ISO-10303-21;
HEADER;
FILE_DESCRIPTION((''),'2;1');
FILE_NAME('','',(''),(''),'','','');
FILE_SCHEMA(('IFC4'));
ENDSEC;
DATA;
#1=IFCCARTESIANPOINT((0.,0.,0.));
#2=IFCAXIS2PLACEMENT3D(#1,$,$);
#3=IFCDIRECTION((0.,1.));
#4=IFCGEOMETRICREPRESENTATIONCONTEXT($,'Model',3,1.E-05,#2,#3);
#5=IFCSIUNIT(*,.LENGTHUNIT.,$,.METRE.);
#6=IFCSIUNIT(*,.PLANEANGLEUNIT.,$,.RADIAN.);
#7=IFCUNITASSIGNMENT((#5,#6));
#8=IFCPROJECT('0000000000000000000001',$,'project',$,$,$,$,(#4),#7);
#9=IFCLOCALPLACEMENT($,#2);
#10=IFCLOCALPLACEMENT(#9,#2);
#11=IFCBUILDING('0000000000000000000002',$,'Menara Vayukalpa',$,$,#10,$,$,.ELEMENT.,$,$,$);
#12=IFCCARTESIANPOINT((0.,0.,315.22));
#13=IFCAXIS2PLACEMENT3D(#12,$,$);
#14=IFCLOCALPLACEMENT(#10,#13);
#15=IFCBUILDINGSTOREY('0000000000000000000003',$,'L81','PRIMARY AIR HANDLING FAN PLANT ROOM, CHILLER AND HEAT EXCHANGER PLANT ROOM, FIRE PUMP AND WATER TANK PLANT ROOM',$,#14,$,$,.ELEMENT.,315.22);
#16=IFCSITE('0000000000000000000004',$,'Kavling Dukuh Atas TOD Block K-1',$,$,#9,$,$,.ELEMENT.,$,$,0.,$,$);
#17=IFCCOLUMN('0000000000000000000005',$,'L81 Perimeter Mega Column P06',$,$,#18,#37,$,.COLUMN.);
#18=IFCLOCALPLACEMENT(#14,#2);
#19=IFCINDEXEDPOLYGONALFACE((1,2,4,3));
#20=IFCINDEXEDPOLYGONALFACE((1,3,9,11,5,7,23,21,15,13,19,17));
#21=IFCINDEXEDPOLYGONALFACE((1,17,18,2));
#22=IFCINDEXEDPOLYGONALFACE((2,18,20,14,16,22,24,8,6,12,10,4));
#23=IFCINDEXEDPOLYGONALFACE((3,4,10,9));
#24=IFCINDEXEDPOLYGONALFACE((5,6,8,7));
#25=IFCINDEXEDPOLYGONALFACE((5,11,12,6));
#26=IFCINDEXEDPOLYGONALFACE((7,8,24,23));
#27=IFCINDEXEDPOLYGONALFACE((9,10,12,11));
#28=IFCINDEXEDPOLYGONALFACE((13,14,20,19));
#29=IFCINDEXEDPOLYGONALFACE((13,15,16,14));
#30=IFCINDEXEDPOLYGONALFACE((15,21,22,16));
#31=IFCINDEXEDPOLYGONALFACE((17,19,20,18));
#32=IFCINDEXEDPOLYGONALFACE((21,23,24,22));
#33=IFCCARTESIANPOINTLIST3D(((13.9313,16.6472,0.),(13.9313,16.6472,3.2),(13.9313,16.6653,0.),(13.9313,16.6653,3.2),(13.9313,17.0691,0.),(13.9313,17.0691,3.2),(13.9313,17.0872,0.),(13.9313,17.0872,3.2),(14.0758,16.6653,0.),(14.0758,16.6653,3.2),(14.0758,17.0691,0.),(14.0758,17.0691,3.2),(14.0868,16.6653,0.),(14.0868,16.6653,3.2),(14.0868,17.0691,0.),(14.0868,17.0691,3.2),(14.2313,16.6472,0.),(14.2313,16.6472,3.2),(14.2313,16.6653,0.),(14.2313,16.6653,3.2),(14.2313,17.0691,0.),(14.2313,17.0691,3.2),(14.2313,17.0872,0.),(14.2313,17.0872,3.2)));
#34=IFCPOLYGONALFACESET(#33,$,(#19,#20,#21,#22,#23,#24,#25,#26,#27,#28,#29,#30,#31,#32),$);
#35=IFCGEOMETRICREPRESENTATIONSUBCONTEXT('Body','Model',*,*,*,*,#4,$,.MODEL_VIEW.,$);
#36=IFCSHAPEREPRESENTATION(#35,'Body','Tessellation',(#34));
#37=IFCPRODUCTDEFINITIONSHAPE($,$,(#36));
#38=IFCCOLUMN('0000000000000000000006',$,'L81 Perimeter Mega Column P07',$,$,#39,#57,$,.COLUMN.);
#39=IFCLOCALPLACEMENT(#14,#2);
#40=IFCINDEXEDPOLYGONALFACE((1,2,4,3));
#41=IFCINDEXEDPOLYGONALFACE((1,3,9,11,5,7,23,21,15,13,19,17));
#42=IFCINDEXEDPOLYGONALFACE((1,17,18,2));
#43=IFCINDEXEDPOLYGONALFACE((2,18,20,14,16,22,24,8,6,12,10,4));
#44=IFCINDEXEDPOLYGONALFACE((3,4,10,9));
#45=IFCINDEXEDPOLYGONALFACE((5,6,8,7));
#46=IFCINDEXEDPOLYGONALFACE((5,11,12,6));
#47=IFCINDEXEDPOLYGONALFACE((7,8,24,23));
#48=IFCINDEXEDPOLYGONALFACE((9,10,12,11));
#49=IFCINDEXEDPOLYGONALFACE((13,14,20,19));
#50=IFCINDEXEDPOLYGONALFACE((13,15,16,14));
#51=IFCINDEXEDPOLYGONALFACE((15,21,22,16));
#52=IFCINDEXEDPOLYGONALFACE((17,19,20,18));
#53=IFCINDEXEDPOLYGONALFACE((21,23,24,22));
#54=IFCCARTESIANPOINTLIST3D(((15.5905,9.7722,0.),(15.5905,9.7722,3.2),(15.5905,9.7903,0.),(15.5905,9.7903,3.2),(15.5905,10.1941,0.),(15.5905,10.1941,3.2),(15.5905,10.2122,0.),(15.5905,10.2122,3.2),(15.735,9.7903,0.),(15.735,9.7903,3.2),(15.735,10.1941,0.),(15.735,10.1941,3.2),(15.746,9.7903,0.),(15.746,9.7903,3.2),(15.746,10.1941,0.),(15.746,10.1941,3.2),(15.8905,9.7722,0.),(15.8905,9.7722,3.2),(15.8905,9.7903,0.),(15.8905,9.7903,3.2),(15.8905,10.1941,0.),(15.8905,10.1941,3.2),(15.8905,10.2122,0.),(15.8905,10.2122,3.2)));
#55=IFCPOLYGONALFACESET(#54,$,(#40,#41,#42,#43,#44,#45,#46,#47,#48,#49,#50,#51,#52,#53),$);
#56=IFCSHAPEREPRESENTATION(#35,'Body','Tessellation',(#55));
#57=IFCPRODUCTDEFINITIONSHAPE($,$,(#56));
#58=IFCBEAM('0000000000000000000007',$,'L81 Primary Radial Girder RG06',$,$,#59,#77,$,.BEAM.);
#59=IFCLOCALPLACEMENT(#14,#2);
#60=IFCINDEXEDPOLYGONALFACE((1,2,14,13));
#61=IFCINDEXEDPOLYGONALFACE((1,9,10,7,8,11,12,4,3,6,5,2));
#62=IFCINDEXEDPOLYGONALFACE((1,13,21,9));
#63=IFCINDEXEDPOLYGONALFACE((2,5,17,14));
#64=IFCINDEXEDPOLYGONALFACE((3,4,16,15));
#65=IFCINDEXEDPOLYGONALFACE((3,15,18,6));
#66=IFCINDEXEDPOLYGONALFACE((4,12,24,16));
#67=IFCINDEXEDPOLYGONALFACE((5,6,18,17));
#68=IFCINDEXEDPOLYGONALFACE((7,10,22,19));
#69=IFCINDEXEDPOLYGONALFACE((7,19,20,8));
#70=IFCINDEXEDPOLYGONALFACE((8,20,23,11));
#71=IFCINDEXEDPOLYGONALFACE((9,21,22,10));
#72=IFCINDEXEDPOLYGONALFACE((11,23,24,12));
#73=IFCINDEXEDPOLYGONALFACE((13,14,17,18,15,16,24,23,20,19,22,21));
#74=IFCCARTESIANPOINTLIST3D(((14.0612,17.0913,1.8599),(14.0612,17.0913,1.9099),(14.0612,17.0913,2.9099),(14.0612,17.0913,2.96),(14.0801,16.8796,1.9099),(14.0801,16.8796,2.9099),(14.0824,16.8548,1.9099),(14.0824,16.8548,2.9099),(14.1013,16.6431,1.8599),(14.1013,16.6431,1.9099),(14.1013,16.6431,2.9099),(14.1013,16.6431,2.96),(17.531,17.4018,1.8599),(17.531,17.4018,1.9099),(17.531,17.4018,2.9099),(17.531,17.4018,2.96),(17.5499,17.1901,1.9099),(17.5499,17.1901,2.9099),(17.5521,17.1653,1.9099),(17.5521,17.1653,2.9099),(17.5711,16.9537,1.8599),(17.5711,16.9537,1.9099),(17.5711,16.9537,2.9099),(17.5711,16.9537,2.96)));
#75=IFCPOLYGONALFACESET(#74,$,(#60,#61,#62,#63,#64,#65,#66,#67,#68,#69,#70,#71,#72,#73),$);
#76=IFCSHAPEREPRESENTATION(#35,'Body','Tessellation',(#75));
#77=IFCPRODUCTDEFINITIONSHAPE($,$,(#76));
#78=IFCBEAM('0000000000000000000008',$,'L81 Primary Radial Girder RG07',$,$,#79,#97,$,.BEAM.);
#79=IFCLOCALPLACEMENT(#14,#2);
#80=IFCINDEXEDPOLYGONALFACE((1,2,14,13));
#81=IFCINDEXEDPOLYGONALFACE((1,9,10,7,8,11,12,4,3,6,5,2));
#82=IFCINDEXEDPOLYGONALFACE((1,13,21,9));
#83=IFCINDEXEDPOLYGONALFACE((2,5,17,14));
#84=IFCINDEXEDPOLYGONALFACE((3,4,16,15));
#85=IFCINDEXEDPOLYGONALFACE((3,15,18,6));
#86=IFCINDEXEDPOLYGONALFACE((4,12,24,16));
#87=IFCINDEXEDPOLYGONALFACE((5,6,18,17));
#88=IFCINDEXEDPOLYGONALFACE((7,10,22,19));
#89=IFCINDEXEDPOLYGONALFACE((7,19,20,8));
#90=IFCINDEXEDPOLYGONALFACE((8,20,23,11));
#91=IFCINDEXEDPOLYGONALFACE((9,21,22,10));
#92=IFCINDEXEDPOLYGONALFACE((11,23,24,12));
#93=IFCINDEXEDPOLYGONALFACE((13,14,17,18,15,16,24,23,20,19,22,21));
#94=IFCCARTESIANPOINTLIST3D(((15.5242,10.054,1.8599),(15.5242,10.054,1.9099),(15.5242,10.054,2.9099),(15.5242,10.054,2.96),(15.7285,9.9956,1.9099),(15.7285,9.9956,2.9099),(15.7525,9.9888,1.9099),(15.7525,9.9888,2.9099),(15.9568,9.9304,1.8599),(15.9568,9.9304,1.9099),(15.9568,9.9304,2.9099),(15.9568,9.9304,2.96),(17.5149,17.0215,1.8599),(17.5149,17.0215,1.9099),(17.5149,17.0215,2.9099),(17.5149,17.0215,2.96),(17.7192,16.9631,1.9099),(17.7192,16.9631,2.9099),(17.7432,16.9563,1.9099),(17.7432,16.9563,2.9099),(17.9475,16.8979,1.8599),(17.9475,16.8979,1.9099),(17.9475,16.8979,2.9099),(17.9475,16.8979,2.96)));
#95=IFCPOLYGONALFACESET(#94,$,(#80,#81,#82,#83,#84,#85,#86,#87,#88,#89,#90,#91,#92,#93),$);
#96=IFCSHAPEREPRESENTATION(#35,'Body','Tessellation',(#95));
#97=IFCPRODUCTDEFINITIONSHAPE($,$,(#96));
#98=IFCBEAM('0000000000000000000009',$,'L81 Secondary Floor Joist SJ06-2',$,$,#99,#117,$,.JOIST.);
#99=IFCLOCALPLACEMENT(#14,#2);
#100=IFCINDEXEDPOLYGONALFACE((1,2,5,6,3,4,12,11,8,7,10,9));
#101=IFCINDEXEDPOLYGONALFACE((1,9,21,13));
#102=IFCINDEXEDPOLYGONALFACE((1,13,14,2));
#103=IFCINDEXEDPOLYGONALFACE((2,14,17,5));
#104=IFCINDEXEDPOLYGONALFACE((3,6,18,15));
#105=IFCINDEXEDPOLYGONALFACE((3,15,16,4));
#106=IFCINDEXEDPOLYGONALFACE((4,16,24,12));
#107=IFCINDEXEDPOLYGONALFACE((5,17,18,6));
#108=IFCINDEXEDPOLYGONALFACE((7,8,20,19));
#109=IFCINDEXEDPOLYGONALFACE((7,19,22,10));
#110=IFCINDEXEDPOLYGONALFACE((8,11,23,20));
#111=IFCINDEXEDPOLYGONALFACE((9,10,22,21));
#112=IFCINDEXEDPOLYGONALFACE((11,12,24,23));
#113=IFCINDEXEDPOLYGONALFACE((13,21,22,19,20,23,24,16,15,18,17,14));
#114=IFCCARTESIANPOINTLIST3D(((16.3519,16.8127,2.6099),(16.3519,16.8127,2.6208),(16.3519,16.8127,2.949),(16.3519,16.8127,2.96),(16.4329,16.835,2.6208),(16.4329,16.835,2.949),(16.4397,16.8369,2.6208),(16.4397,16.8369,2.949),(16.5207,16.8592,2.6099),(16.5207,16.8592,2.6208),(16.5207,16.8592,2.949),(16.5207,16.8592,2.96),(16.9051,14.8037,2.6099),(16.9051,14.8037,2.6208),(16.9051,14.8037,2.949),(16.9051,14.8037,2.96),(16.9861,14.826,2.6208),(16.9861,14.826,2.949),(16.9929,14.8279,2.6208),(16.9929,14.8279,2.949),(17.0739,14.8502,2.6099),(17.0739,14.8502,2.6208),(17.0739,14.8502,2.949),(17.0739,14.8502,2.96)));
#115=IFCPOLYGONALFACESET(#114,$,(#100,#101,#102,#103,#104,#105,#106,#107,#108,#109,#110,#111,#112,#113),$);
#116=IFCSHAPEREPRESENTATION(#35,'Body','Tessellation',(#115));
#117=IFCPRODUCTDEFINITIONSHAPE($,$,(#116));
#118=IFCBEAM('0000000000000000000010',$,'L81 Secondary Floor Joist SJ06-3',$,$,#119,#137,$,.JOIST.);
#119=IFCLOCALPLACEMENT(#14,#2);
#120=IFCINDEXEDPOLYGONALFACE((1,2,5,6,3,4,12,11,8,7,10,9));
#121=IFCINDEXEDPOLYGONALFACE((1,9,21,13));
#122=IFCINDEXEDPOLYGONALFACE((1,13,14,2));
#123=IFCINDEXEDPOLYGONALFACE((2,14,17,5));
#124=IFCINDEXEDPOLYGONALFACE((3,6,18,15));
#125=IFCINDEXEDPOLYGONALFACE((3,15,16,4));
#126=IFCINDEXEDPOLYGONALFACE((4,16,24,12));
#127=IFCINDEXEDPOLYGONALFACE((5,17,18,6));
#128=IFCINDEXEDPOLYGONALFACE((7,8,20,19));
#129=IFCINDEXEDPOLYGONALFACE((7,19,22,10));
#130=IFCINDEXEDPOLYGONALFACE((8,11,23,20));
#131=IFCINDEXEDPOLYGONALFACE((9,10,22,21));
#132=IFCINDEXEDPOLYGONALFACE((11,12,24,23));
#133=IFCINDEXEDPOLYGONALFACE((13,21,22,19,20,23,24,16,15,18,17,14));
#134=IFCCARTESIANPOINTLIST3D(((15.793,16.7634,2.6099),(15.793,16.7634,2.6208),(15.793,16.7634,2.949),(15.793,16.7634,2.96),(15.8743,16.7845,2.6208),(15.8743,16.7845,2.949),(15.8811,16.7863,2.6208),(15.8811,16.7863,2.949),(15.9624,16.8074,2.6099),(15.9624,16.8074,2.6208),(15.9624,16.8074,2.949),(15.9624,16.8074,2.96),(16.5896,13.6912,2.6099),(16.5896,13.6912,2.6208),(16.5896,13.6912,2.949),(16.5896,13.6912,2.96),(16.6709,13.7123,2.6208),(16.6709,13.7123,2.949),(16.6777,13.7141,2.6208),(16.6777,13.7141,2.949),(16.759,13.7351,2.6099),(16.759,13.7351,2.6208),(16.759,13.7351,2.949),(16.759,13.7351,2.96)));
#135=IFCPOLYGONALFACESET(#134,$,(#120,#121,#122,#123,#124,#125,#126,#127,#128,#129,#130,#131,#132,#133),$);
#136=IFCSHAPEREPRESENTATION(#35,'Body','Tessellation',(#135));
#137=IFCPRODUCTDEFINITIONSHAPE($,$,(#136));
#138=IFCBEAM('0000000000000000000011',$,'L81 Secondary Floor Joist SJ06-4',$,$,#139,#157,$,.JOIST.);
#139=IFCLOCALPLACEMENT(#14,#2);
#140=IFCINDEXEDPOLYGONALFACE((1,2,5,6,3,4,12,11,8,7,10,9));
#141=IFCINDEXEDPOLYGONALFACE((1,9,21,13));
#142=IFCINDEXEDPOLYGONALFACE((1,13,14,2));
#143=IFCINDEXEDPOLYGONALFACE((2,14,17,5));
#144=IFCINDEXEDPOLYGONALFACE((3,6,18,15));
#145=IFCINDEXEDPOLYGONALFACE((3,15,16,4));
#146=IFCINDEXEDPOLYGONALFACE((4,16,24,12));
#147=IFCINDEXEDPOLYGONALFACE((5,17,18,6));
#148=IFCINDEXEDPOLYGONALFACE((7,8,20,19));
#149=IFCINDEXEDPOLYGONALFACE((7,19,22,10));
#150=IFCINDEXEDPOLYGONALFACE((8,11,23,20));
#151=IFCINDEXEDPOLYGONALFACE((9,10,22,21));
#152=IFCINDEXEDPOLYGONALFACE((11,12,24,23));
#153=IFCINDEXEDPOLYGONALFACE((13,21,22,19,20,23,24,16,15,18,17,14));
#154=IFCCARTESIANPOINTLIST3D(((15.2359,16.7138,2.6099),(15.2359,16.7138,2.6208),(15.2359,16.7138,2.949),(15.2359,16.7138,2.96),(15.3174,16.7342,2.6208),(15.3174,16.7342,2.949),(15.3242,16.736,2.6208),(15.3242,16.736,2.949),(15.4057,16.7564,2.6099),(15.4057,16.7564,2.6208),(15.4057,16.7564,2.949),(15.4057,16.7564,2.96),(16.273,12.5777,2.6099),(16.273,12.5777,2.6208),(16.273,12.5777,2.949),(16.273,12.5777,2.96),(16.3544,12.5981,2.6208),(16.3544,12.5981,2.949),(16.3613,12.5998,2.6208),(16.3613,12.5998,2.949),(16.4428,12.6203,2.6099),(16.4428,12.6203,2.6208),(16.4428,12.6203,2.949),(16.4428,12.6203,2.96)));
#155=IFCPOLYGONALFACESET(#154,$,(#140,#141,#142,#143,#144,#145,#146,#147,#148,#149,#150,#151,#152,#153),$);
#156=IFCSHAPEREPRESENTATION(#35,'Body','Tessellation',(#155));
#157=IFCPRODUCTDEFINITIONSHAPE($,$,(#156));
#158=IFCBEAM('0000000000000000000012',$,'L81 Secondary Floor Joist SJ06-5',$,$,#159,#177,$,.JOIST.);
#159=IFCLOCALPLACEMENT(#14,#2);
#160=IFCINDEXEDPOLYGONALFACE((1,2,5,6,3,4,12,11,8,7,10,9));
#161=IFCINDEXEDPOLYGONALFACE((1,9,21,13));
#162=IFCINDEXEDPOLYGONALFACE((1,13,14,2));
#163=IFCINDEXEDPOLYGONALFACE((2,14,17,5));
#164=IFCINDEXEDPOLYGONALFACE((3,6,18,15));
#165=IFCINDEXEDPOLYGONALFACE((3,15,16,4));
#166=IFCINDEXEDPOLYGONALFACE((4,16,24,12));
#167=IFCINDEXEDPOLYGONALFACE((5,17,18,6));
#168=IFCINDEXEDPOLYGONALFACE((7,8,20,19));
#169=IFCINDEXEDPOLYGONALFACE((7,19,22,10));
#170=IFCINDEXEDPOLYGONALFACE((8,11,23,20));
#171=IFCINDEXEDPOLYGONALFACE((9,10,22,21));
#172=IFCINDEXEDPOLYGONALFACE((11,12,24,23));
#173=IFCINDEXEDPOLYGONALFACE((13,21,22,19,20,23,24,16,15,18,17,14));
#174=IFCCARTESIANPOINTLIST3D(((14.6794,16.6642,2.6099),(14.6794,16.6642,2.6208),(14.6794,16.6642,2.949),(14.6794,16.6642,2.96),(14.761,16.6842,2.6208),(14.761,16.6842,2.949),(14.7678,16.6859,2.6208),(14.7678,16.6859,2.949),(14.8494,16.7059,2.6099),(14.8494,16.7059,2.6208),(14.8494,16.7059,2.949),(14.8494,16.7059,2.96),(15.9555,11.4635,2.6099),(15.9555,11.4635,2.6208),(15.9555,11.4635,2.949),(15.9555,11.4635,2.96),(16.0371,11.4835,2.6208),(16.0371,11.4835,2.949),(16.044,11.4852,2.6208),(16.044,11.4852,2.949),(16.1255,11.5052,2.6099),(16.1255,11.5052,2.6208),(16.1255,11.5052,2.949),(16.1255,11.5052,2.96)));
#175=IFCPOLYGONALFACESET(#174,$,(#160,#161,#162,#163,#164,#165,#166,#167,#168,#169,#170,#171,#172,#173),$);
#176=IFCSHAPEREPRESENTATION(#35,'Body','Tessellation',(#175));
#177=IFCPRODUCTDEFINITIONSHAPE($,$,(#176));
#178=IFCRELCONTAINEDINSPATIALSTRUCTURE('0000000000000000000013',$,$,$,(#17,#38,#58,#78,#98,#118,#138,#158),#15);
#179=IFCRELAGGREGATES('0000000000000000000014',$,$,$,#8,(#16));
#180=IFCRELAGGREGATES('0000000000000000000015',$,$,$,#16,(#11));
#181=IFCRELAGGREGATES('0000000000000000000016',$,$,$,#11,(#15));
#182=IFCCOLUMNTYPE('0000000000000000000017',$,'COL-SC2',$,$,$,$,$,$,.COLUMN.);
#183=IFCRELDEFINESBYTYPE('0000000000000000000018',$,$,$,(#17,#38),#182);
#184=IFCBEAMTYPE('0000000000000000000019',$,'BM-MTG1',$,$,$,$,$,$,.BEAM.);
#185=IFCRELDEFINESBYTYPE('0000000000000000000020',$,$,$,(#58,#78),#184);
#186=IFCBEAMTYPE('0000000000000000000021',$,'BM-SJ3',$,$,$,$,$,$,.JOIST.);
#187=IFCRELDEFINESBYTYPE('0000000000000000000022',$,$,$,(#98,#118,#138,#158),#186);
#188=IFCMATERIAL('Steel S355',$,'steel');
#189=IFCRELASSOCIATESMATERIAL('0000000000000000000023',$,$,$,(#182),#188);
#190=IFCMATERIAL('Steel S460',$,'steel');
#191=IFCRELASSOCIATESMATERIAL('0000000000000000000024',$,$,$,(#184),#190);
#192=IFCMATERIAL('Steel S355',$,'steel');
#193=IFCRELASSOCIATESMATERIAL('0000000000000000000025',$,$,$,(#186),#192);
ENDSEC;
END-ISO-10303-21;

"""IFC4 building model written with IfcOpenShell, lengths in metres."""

from ifc_helpers import new_model, si_unit, direction, frame, origin, origin_2d, place, context, subcontext, project, spatial, i_section, extrude, material, material_profile, profile_set, type_object, element, save


model = new_model("IFC4")

# Units and contexts
model_context = context("Model", 3, precision=1e-05, world=origin(), true_north=direction((0.0, 1.0)))
body_context = subcontext(model_context, "Body", "Model", "MODEL_VIEW")
ifc_project = project(units=[si_unit("LENGTHUNIT", "METRE"), si_unit("PLANEANGLEUNIT", "RADIAN")], contexts=[model_context])

# Site, building, storey
site_placement = place(None, origin())
site = spatial("IfcSite", under=ifc_project, at=site_placement, Name="Kavling Dukuh Atas TOD Block K-1", CompositionType="ELEMENT", RefElevation=0.0)
building_placement = place(site_placement, origin())
building = spatial("IfcBuilding", under=site, at=building_placement, Name="Menara Vayukalpa", CompositionType="ELEMENT")
storey_placement = place(building_placement, frame((0.0, 0.0, 315.22)))
storey = spatial("IfcBuildingStorey", under=building, at=storey_placement, Name="L81", Description="PRIMARY AIR HANDLING FAN PLANT ROOM, CHILLER AND HEAT EXCHANGER PLANT ROOM, FIRE PUMP AND WATER TANK PLANT ROOM", CompositionType="ELEMENT", Elevation=315.22)

# Columns
ifc_material_1 = material(Name="Steel S355", Category="steel")
ifc_material_profile_1 = material_profile(ifc_material_1, i_section(OverallWidth=0.3, OverallDepth=0.4399, WebThickness=0.011, FlangeThickness=0.0181, at=origin_2d()), Name="H 440x300x11x18")
ifc_profile_set_1 = profile_set([ifc_material_profile_1], Name="Steel S355")
column_type = type_object("IfcColumnType", Name="COL-SC2", PredefinedType="COLUMN", material=ifc_profile_set_1)
for number, where, z_axis, x_axis, name in (
    (1, (14.0813, 16.8672, 0.0), (0.0, 0.0, 1.0), (1.0, 0.0, 0.0), "L81 Perimeter Mega Column P06"),
    (2, (15.7405, 9.9922, 0.0), (0.0, 0.0, 1.0), (1.0, 0.0, 0.0), "L81 Perimeter Mega Column P07"),
):
    element("IfcColumn", number, at=place(storey_placement, frame(where, z_axis=z_axis, x_axis=x_axis)), inside=storey, type_object=column_type, Name=name, PredefinedType="COLUMN", context=body_context, shape_type="SweptSolid", body=[
        extrude(i_section(OverallWidth=0.3, OverallDepth=0.4399, WebThickness=0.011, FlangeThickness=0.0181, at=origin_2d()), origin(), (0.0, 0.0, 1.0), 3.2),
    ])

# Beams
ifc_material_2 = material(Name="Steel S460", Category="steel")
ifc_material_profile_2 = material_profile(ifc_material_2, i_section(OverallWidth=0.45, OverallDepth=1.1001, WebThickness=0.0249, FlangeThickness=0.05, at=origin_2d()), Name="WG 1100x450x25x50")
ifc_profile_set_2 = profile_set([ifc_material_profile_2], Name="Steel S460")
beam_type_1 = type_object("IfcBeamType", Name="BM-MTG1", PredefinedType="BEAM", material=ifc_profile_set_2)
beam_1_placement = place(storey_placement, frame((17.551, 17.1777, 2.4099), z_axis=(-0.996019, -0.089145, 0.0), x_axis=(0.089145, -0.996019, 0.0)))
element("IfcBeam", 3, at=beam_1_placement, inside=storey, type_object=beam_type_1, Name="L81 Primary Radial Girder RG06", PredefinedType="BEAM", context=body_context, shape_type="SweptSolid", body=[
    extrude(i_section(OverallWidth=0.45, OverallDepth=1.1001, WebThickness=0.0249, FlangeThickness=0.05, at=origin_2d()), origin(), (0.0, 0.0, 1.0), 3.4836),
])
beam_2_placement = place(storey_placement, frame((17.7312, 16.9597, 2.4099), z_axis=(-0.274721, -0.961524, 0.0), x_axis=(0.961524, -0.274721, 0.0)))
element("IfcBeam", 4, at=beam_2_placement, inside=storey, type_object=beam_type_1, Name="L81 Primary Radial Girder RG07", PredefinedType="BEAM", context=body_context, shape_type="SweptSolid", body=[
    extrude(i_section(OverallWidth=0.45, OverallDepth=1.1001, WebThickness=0.0249, FlangeThickness=0.05, at=origin_2d()), origin(), (0.0, 0.0, 1.0), 7.2463),
])
ifc_material_3 = material(Name="Steel S355", Category="steel")
ifc_material_profile_3 = material_profile(ifc_material_3, i_section(OverallWidth=0.175, OverallDepth=0.3501, WebThickness=0.0071, FlangeThickness=0.011, at=origin_2d()), Name="WF 350x175x7x11")
ifc_profile_set_3 = profile_set([ifc_material_profile_3], Name="Steel S355")
beam_type_2 = type_object("IfcBeamType", Name="BM-SJ3", PredefinedType="JOIST", material=ifc_profile_set_3)
beam_3_placement = place(storey_placement, frame((16.4363, 16.8359, 2.7849), z_axis=(0.265486, -0.964115, 0.0), x_axis=(0.964115, 0.265486, 0.0)))
element("IfcBeam", 5, at=beam_3_placement, inside=storey, type_object=beam_type_2, Name="L81 Secondary Floor Joist SJ06-2", PredefinedType="JOIST", context=body_context, shape_type="SweptSolid", body=[
    extrude(i_section(OverallWidth=0.175, OverallDepth=0.3501, WebThickness=0.0071, FlangeThickness=0.011, at=origin_2d()), origin(), (0.0, 0.0, 1.0), 2.0837),
])
beam_4_placement = place(storey_placement, frame((15.8777, 16.7854, 2.7849), z_axis=(0.250997, -0.967988, 0.0), x_axis=(0.967988, 0.250997, 0.0)))
element("IfcBeam", 6, at=beam_4_placement, inside=storey, type_object=beam_type_2, Name="L81 Secondary Floor Joist SJ06-3", PredefinedType="JOIST", context=body_context, shape_type="SweptSolid", body=[
    extrude(i_section(OverallWidth=0.175, OverallDepth=0.3501, WebThickness=0.0071, FlangeThickness=0.011, at=origin_2d()), origin(), (0.0, 0.0, 1.0), 3.1738),
])
beam_5_placement = place(storey_placement, frame((15.3208, 16.7351, 2.7849), z_axis=(0.243209, -0.969974, 0.0), x_axis=(0.969974, 0.243209, 0.0)))
element("IfcBeam", 7, at=beam_5_placement, inside=storey, type_object=beam_type_2, Name="L81 Secondary Floor Joist SJ06-4", PredefinedType="JOIST", context=body_context, shape_type="SweptSolid", body=[
    extrude(i_section(OverallWidth=0.175, OverallDepth=0.3501, WebThickness=0.0071, FlangeThickness=0.011, at=origin_2d()), origin(), (0.0, 0.0, 1.0), 4.2642),
])
beam_6_placement = place(storey_placement, frame((14.7644, 16.6851, 2.7849), z_axis=(0.238307, -0.97119, 0.0), x_axis=(0.97119, 0.238307, 0.0)))
element("IfcBeam", 8, at=beam_6_placement, inside=storey, type_object=beam_type_2, Name="L81 Secondary Floor Joist SJ06-5", PredefinedType="JOIST", context=body_context, shape_type="SweptSolid", body=[
    extrude(i_section(OverallWidth=0.175, OverallDepth=0.3501, WebThickness=0.0071, FlangeThickness=0.011, at=origin_2d()), origin(), (0.0, 0.0, 1.0), 5.355),
])

save(model, "model.ifc")
